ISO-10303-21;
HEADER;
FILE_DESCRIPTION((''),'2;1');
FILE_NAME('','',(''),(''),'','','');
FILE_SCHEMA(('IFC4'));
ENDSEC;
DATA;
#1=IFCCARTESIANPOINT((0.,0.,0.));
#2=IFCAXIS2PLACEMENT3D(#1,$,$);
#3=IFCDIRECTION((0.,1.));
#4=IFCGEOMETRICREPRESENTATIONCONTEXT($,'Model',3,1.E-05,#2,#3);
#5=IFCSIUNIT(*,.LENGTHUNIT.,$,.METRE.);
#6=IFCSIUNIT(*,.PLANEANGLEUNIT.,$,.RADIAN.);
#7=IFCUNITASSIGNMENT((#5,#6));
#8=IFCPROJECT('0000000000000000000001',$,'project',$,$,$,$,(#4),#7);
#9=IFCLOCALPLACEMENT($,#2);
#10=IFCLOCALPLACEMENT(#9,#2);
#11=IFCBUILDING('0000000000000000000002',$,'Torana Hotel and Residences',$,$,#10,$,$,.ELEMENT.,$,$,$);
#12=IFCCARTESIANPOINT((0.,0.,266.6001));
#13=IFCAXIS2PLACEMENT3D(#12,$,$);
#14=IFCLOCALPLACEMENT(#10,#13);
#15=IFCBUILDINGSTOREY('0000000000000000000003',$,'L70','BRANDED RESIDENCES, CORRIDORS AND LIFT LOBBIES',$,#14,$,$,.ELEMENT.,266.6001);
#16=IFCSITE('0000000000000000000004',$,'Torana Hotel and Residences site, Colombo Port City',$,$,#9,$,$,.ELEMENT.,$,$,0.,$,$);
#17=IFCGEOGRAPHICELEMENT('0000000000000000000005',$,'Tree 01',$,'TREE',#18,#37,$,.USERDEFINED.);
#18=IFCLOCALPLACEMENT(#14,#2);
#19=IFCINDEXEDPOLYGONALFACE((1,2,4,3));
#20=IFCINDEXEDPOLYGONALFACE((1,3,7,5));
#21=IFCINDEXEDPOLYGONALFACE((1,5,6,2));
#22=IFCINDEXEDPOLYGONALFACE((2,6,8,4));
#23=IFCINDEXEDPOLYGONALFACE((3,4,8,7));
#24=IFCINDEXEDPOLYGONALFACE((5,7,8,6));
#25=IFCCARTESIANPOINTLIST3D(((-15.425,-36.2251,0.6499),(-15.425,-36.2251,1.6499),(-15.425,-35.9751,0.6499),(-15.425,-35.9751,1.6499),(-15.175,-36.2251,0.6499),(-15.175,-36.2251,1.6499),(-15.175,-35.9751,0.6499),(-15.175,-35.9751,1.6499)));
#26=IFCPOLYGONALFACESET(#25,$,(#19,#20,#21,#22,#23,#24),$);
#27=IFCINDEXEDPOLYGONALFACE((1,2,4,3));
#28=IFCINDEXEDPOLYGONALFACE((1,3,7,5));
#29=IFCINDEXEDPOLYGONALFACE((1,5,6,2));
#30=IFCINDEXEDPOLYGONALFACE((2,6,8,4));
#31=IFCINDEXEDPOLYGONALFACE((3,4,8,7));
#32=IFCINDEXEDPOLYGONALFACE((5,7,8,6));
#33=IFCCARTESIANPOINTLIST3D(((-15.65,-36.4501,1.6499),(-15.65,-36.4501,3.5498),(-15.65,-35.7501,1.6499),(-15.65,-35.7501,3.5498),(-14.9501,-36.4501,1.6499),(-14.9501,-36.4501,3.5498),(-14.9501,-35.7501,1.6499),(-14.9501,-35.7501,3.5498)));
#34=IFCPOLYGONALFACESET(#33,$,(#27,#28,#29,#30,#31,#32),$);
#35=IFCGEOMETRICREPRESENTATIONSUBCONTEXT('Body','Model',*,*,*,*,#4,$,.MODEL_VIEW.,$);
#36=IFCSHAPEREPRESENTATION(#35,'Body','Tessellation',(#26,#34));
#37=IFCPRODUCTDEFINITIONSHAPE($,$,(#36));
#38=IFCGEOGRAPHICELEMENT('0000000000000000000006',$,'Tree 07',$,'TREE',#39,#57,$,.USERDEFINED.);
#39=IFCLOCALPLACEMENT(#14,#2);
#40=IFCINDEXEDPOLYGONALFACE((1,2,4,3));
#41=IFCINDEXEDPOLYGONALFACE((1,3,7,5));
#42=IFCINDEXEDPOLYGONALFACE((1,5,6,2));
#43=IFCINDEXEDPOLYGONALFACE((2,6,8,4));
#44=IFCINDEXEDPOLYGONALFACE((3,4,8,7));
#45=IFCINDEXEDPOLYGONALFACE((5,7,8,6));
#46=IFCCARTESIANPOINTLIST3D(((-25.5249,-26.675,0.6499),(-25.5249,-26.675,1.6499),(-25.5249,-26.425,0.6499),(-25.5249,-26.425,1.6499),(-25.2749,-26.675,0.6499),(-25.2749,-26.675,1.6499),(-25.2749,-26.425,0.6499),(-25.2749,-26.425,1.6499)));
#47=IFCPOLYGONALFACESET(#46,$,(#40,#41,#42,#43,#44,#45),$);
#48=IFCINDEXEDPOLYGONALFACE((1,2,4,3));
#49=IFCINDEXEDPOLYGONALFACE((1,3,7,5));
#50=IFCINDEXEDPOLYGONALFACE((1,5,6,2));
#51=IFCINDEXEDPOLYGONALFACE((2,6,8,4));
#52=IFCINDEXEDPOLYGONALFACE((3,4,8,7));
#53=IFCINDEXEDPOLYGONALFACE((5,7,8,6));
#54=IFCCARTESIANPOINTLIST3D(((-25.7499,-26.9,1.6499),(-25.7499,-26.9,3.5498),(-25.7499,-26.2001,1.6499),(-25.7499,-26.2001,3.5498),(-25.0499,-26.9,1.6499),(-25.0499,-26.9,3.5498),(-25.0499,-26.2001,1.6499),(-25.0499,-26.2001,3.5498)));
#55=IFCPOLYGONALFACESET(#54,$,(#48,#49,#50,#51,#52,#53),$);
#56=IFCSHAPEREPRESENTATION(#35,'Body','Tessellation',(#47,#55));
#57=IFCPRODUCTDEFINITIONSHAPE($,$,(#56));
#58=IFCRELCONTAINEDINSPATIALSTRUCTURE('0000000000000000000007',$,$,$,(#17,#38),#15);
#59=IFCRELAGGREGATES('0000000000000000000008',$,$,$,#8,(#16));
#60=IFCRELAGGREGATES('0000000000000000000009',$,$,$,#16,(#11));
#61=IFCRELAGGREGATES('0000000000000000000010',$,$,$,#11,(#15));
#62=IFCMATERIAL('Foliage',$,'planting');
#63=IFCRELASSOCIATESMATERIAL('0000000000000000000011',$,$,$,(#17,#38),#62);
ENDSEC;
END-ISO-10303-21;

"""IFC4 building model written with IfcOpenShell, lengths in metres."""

from ifc_helpers import new_model, si_unit, direction, frame, origin, origin_2d, place, context, subcontext, project, spatial, rectangle, extrude, material, element, save


model = new_model("IFC4")

# Units and contexts
model_context = context("Model", 3, precision=1e-05, world=origin(), true_north=direction((0.0, 1.0)))
body_context = subcontext(model_context, "Body", "Model", "MODEL_VIEW")
ifc_project = project(units=[si_unit("LENGTHUNIT", "METRE"), si_unit("PLANEANGLEUNIT", "RADIAN")], contexts=[model_context])

# Site, building, storey
site_placement = place(None, origin())
site = spatial("IfcSite", under=ifc_project, at=site_placement, Name="Torana Hotel and Residences site, Colombo Port City", CompositionType="ELEMENT", RefElevation=0.0)
building_placement = place(site_placement, origin())
building = spatial("IfcBuilding", under=site, at=building_placement, Name="Torana Hotel and Residences", CompositionType="ELEMENT")
storey_placement = place(building_placement, frame((0.0, 0.0, 266.6001)))
storey = spatial("IfcBuildingStorey", under=building, at=storey_placement, Name="L70", Description="BRANDED RESIDENCES, CORRIDORS AND LIFT LOBBIES", CompositionType="ELEMENT", Elevation=266.6001)

# Geographic elements
ifc_material_1 = material(Name="Foliage", Category="planting")
for number, where, z_axis, x_axis, name in (
    (1, (-15.3, -36.1001, 0.6499), (0.0, 0.0, 1.0), (1.0, 0.0, 0.0), "Tree 01"),
    (2, (-25.3999, -26.55, 0.6499), (0.0, 0.0, 1.0), (1.0, 0.0, 0.0), "Tree 07"),
):
    element("IfcGeographicElement", number, at=place(storey_placement, frame(where, z_axis=z_axis, x_axis=x_axis)), inside=storey, material=ifc_material_1, Name=name, ObjectType="TREE", PredefinedType="USERDEFINED", context=body_context, shape_type="SweptSolid", body=[
        extrude(rectangle(XDim=0.25, YDim=0.25, at=origin_2d()), origin(), (0.0, 0.0, 1.0), 1.0),
        extrude(rectangle(XDim=0.7, YDim=0.7, at=origin_2d()), frame((0.0, 0.0, 1.0)), (0.0, 0.0, 1.0), 1.8999),
    ])

save(model, "model.ifc")
